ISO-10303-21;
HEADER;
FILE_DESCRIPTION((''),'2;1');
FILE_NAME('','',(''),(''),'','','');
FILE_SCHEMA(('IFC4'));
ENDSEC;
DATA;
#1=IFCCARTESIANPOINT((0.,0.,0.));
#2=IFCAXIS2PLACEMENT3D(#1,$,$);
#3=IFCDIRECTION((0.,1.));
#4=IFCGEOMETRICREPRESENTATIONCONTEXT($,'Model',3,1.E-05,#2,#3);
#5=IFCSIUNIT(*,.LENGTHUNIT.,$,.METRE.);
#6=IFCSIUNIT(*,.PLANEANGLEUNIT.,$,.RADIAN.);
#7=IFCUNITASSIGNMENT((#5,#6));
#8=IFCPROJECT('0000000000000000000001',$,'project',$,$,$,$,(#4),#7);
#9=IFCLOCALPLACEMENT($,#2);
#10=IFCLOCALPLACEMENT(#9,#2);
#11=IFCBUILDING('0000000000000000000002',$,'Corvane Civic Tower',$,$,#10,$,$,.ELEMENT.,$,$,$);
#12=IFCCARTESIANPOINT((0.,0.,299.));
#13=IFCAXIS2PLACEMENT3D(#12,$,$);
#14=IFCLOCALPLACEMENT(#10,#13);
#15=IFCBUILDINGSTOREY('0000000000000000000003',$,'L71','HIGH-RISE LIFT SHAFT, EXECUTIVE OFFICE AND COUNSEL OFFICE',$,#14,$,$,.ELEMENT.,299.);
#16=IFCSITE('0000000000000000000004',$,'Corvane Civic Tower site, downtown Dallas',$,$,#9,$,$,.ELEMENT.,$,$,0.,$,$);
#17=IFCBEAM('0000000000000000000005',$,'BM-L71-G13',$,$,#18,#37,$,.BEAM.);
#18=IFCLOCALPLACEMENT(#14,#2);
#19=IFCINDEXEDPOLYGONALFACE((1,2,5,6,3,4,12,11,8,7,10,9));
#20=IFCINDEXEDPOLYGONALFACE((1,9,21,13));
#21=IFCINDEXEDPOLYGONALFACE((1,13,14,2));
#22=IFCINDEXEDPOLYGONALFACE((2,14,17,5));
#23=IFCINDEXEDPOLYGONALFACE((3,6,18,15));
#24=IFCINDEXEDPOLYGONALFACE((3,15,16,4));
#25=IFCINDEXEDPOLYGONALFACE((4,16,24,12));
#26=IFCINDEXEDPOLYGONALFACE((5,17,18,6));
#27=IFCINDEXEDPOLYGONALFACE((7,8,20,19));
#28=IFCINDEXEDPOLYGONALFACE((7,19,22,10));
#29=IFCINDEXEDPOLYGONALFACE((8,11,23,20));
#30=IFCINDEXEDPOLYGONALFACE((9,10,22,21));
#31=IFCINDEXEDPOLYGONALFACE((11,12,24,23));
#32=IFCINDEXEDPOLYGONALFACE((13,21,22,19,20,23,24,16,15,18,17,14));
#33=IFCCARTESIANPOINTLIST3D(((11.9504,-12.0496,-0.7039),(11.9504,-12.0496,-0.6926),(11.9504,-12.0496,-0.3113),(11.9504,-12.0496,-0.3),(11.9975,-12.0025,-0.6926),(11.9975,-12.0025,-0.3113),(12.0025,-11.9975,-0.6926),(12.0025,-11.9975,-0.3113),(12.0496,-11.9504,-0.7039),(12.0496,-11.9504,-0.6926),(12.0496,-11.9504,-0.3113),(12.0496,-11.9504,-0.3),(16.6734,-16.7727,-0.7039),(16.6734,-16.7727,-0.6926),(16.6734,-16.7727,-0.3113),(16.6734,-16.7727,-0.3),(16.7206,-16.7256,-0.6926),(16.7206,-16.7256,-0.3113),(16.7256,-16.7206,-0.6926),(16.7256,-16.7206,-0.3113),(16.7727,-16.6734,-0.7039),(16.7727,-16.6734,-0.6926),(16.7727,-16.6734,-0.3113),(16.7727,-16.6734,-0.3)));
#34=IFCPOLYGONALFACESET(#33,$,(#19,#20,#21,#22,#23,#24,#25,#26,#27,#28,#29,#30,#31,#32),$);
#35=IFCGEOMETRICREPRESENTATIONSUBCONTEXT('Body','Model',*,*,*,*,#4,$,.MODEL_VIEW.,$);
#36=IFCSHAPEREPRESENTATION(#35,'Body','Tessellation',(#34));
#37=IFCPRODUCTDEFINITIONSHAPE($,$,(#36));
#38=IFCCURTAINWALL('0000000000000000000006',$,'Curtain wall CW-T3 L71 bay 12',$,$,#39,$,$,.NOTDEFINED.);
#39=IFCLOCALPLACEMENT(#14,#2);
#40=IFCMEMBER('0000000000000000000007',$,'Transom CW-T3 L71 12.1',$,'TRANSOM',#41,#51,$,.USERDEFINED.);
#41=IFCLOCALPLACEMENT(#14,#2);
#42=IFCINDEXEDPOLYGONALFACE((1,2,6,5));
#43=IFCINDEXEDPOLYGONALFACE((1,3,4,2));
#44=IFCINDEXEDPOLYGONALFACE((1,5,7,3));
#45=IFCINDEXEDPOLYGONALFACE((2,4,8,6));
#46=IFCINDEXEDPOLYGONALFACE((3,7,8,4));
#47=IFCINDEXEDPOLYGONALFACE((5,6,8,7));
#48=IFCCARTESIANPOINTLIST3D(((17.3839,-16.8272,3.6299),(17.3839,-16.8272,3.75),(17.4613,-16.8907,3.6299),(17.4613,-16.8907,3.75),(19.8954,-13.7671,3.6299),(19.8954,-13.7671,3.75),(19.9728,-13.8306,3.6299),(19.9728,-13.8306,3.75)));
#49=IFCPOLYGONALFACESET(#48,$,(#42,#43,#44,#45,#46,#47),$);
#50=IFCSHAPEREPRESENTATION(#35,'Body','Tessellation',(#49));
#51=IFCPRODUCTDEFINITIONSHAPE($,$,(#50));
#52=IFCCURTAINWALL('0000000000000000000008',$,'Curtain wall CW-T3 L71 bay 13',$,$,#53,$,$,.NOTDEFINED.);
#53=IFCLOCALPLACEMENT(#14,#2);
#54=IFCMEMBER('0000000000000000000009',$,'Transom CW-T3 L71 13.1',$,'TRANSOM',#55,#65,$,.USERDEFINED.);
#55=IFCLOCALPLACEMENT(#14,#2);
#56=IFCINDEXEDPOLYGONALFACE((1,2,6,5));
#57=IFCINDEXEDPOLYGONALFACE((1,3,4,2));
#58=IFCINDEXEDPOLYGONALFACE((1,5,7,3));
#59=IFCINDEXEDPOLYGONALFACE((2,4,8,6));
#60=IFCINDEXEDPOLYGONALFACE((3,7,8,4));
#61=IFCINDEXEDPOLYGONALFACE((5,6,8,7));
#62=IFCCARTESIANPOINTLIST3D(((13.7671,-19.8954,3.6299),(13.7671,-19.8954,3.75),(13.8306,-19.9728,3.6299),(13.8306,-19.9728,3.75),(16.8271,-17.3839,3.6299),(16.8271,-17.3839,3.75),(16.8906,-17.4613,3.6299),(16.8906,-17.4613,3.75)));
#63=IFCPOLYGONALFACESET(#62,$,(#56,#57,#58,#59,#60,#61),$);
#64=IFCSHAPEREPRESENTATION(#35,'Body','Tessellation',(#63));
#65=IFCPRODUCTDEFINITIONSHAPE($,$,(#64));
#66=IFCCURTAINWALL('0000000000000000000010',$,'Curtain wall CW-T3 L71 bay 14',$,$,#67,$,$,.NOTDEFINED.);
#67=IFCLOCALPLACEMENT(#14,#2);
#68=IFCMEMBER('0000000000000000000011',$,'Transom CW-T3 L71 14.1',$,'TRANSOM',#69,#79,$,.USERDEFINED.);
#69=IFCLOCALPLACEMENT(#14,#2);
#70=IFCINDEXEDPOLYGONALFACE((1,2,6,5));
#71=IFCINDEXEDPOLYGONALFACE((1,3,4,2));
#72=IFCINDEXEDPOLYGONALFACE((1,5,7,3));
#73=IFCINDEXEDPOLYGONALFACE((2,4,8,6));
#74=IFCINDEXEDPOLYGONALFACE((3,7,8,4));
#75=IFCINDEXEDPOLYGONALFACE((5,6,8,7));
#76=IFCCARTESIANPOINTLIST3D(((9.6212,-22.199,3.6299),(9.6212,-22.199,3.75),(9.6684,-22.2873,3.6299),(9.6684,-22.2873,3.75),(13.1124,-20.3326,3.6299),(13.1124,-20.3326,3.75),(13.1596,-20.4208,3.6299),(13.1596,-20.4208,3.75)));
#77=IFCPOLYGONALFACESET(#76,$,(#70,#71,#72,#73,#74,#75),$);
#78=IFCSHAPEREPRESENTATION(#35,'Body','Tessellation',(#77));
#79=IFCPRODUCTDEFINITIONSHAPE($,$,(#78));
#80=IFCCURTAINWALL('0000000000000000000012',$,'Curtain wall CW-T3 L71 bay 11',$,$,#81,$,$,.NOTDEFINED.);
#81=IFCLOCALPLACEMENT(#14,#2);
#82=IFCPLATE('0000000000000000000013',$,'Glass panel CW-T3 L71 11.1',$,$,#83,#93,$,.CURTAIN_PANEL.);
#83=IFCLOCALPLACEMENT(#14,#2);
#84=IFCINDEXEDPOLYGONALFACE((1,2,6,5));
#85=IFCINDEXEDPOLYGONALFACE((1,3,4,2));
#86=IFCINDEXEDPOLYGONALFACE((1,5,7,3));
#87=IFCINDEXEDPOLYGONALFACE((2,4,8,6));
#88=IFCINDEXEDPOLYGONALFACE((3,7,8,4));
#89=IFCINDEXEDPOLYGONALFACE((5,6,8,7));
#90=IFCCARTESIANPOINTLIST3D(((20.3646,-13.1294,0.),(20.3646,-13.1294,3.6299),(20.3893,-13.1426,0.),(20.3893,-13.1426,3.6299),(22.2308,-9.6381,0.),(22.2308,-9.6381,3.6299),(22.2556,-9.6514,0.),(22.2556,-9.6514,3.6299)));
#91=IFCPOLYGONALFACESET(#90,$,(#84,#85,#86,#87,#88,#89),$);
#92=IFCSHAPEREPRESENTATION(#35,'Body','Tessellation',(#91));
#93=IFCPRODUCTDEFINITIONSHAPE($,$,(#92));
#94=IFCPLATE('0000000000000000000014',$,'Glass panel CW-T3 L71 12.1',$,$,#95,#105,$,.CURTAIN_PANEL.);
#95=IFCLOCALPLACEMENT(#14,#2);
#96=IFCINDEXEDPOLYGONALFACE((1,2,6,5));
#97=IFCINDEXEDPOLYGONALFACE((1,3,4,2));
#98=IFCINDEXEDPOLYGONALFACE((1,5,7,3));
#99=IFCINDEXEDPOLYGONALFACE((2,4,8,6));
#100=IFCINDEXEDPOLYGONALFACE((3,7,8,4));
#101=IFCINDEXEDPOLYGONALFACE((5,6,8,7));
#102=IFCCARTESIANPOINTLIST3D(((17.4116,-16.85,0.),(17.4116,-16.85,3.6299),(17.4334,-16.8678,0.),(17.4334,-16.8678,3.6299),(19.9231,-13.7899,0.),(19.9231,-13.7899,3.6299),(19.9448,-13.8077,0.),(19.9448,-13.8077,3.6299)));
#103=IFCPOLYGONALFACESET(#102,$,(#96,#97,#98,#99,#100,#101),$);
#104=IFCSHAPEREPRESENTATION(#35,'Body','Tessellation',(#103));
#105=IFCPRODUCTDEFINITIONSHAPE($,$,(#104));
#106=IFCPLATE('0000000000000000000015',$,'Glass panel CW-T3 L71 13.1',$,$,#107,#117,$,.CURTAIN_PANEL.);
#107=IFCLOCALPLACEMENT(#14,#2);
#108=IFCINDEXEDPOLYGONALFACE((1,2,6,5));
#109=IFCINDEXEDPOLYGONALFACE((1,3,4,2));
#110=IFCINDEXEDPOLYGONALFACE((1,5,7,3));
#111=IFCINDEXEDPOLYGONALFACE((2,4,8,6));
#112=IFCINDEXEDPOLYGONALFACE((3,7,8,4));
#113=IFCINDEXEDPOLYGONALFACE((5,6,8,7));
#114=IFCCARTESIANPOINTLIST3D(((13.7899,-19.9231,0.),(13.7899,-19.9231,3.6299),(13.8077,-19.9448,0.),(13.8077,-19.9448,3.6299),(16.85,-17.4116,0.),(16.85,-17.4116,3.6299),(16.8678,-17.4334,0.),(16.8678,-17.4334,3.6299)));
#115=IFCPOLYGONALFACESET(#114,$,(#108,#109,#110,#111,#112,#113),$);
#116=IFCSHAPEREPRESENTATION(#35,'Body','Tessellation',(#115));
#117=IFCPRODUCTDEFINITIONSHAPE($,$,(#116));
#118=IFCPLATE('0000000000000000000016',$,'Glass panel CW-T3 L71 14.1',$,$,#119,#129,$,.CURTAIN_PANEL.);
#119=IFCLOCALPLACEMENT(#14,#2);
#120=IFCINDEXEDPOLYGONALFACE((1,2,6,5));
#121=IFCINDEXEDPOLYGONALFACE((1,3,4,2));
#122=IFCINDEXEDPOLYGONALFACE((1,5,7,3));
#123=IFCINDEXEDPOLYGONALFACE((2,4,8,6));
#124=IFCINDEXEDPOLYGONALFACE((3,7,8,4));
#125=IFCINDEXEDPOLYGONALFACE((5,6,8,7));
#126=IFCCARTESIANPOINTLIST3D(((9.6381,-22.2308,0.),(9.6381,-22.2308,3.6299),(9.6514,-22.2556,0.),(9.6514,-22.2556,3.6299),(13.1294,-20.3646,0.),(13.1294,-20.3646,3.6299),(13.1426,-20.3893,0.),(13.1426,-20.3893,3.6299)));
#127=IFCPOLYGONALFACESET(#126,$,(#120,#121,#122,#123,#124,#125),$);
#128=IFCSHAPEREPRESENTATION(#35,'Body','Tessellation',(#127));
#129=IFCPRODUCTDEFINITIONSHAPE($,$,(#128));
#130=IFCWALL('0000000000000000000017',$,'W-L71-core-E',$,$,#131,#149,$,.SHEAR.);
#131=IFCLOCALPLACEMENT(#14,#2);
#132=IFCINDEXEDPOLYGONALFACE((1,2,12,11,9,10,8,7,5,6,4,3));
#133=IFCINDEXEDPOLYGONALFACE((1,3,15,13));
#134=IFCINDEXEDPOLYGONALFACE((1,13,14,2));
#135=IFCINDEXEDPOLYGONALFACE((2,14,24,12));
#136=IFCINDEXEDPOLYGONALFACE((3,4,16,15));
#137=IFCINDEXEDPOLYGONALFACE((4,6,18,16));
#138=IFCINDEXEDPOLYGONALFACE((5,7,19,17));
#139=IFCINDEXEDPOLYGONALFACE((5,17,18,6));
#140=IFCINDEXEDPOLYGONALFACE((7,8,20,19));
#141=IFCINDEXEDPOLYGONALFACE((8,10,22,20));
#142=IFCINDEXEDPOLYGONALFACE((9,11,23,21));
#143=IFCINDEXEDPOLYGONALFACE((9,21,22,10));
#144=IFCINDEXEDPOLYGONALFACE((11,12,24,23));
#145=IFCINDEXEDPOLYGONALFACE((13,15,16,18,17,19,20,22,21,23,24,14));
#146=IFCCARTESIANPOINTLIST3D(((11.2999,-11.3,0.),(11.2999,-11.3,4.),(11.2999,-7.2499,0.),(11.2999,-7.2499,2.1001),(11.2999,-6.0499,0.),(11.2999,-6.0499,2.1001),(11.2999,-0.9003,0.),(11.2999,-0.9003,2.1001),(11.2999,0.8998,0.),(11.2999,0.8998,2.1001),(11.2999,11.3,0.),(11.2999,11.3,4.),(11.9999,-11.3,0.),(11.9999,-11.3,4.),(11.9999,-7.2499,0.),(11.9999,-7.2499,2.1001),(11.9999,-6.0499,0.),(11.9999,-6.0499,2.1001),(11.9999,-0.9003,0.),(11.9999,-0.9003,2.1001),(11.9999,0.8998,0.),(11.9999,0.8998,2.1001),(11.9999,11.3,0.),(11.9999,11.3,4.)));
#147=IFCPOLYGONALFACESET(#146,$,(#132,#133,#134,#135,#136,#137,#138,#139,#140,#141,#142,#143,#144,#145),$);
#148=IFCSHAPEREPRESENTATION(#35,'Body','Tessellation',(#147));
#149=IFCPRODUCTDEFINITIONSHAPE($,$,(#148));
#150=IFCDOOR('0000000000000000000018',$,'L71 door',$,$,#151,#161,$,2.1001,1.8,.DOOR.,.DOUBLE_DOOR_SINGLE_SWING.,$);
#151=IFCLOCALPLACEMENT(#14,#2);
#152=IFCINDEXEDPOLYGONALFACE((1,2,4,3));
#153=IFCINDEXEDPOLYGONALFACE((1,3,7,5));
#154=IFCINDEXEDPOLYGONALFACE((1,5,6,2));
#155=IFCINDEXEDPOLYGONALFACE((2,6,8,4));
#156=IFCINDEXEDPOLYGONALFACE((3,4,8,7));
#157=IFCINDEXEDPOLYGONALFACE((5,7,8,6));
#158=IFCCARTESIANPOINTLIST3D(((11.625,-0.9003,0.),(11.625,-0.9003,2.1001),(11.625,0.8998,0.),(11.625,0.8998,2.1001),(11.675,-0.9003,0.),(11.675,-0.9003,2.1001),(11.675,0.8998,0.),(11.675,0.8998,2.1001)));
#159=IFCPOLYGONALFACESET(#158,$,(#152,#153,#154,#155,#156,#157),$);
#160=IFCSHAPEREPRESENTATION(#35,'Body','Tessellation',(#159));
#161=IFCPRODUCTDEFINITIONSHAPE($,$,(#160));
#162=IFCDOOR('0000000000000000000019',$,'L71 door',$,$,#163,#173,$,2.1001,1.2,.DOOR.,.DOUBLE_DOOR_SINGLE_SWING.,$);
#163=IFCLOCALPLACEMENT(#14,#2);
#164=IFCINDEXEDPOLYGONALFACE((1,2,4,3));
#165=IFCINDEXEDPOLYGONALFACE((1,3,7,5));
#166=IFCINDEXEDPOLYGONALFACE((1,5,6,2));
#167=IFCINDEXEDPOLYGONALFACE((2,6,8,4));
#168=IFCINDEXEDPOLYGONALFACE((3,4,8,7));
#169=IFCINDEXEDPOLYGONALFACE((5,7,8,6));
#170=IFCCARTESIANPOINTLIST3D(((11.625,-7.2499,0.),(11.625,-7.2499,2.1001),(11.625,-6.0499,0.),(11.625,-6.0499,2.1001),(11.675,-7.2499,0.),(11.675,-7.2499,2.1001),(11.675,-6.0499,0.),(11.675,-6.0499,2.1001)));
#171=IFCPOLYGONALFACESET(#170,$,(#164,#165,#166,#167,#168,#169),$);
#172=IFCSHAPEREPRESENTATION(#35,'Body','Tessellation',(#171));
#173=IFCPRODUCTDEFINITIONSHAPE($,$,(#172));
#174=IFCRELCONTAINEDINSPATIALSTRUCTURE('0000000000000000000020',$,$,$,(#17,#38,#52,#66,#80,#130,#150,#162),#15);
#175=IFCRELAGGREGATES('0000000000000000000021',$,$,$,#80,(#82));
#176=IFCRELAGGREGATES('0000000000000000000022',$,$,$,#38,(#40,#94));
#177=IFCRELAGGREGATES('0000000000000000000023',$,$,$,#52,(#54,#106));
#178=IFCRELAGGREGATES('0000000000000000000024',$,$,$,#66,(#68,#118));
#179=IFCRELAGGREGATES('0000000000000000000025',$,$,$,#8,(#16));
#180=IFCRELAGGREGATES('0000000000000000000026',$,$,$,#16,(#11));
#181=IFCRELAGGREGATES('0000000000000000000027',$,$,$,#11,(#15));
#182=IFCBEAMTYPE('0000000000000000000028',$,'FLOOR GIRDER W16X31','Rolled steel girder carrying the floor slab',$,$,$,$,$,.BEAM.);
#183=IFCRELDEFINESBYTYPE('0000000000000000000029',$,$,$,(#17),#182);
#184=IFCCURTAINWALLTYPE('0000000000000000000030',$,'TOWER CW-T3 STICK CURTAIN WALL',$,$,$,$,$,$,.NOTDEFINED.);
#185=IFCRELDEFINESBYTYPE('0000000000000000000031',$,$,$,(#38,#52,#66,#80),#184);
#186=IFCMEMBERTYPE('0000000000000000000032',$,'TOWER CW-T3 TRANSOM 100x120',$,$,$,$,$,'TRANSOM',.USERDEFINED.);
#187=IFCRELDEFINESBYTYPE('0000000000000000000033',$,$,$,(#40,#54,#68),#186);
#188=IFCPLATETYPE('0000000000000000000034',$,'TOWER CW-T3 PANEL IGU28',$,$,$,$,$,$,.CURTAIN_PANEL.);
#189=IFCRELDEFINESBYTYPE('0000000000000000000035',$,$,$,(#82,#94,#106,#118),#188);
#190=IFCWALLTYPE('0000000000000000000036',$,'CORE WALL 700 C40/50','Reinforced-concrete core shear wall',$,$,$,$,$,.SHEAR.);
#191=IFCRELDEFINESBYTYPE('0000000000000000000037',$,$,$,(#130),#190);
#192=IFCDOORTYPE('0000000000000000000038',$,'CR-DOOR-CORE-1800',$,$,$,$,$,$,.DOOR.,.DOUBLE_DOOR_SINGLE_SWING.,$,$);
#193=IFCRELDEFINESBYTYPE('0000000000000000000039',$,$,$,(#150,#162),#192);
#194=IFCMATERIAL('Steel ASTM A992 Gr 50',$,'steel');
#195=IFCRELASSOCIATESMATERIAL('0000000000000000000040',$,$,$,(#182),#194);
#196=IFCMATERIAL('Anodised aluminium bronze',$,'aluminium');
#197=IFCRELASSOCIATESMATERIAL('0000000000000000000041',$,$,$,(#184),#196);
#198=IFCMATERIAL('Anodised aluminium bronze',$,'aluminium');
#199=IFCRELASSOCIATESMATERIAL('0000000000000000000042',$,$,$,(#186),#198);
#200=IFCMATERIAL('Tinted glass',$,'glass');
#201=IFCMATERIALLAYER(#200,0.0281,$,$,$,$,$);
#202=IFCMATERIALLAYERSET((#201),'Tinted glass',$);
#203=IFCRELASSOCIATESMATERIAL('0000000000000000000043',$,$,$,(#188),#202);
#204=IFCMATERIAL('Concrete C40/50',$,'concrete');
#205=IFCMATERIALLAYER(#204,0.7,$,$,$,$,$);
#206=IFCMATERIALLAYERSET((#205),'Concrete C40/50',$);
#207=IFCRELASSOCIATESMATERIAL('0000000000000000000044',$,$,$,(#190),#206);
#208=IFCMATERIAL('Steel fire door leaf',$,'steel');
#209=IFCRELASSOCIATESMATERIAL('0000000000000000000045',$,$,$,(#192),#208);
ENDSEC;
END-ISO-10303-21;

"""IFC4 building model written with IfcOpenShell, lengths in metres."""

from ifc_helpers import new_model, si_unit, direction, frame, frame_2d, origin, origin_2d, place, context, subcontext, project, spatial, rectangle, i_section, extrude, material, layer, layer_set, material_profile, profile_set, type_object, element, fill, aggregate, save


model = new_model("IFC4")

# Units and contexts
model_context = context("Model", 3, precision=1e-05, world=origin(), true_north=direction((0.0, 1.0)))
body_context = subcontext(model_context, "Body", "Model", "MODEL_VIEW")
ifc_project = project(units=[si_unit("LENGTHUNIT", "METRE"), si_unit("PLANEANGLEUNIT", "RADIAN")], contexts=[model_context])

# Site, building, storey
site_placement = place(None, origin())
site = spatial("IfcSite", under=ifc_project, at=site_placement, Name="Corvane Civic Tower site, downtown Dallas", CompositionType="ELEMENT", RefElevation=0.0)
building_placement = place(site_placement, origin())
building = spatial("IfcBuilding", under=site, at=building_placement, Name="Corvane Civic Tower", CompositionType="ELEMENT")
storey_placement = place(building_placement, frame((0.0, 0.0, 299.0)))
storey = spatial("IfcBuildingStorey", under=building, at=storey_placement, Name="L71", Description="HIGH-RISE LIFT SHAFT, EXECUTIVE OFFICE AND COUNSEL OFFICE", CompositionType="ELEMENT", Elevation=299.0)

# Beam
ifc_material_1 = material(Name="Steel ASTM A992 Gr 50", Category="steel")
ifc_material_profile_1 = material_profile(ifc_material_1, i_section(OverallWidth=0.1404, OverallDepth=0.4038, WebThickness=0.0071, FlangeThickness=0.0112, at=origin_2d()), Name="W16X31")
ifc_profile_set_1 = profile_set([ifc_material_profile_1], Name="Steel ASTM A992 Gr 50")
beam_type_1 = type_object("IfcBeamType", Name="FLOOR GIRDER W16X31", Description="Rolled steel girder carrying the floor slab", PredefinedType="BEAM", material=ifc_profile_set_1)
beam_1_placement = place(storey_placement, frame((12.0, -12.0, -0.502), z_axis=(0.707107, -0.707107, 0.0), x_axis=(0.707107, 0.707107, 0.0)))
element("IfcBeam", 1, at=beam_1_placement, inside=storey, type_object=beam_type_1, Name="BM-L71-G13", PredefinedType="BEAM", context=body_context, shape_type="SweptSolid", body=[
    extrude(i_section(OverallWidth=0.1404, OverallDepth=0.4038, WebThickness=0.0071, FlangeThickness=0.0112, at=origin_2d()), origin(), (0.0, 0.0, 1.0), 6.6794),
])

# Curtain walls, members
ifc_material_2 = material(Name="Anodised aluminium bronze", Category="aluminium")
curtain_wall_type = type_object("IfcCurtainWallType", Name="TOWER CW-T3 STICK CURTAIN WALL", PredefinedType="NOTDEFINED", material=ifc_material_2)
curtain_wall_1_placement = place(storey_placement, origin())
curtain_wall_1 = element("IfcCurtainWall", 2, at=curtain_wall_1_placement, inside=storey, type_object=curtain_wall_type, Name="Curtain wall CW-T3 L71 bay 12", PredefinedType="NOTDEFINED")
ifc_material_3 = material(Name="Anodised aluminium bronze", Category="aluminium")
ifc_material_profile_2 = material_profile(ifc_material_3, rectangle(XDim=0.1001, YDim=0.1201, at=origin_2d()), Name="TOWER CW-T3 TRANSOM 100x120")
ifc_profile_set_2 = profile_set([ifc_material_profile_2], Name="Anodised aluminium bronze")
member_type = type_object("IfcMemberType", Name="TOWER CW-T3 TRANSOM 100x120", ElementType="TRANSOM", PredefinedType="USERDEFINED", material=ifc_profile_set_2)
member_1_placement = place(storey_placement, frame((19.9341, -13.7988, 3.6899), z_axis=(-0.634416, -0.772992, 0.0), x_axis=(0.772992, -0.634416, 0.0)))
member_1 = element("IfcMember", 3, at=member_1_placement, type_object=member_type, Name="Transom CW-T3 L71 12.1", ObjectType="TRANSOM", PredefinedType="USERDEFINED", context=body_context, shape_type="SweptSolid", body=[
    extrude(rectangle(XDim=0.1001, YDim=0.1201, at=origin_2d()), origin(), (0.0, 0.0, 1.0), 3.9587),
])
curtain_wall_2_placement = place(storey_placement, origin())
curtain_wall_2 = element("IfcCurtainWall", 4, at=curtain_wall_2_placement, inside=storey, type_object=curtain_wall_type, Name="Curtain wall CW-T3 L71 bay 13", PredefinedType="NOTDEFINED")
member_2_placement = place(storey_placement, frame((16.8589, -17.4226, 3.6899), z_axis=(-0.772992, -0.634416, 0.0), x_axis=(0.634416, -0.772992, 0.0)))
member_2 = element("IfcMember", 5, at=member_2_placement, type_object=member_type, Name="Transom CW-T3 L71 13.1", ObjectType="TRANSOM", PredefinedType="USERDEFINED", context=body_context, shape_type="SweptSolid", body=[
    extrude(rectangle(XDim=0.1001, YDim=0.1201, at=origin_2d()), origin(), (0.0, 0.0, 1.0), 3.9587),
])
curtain_wall_3_placement = place(storey_placement, origin())
curtain_wall_3 = element("IfcCurtainWall", 6, at=curtain_wall_3_placement, inside=storey, type_object=curtain_wall_type, Name="Curtain wall CW-T3 L71 bay 14", PredefinedType="NOTDEFINED")
member_3_placement = place(storey_placement, frame((13.136, -20.3767, 3.6899), z_axis=(-0.881883, -0.471468, 0.0), x_axis=(0.471468, -0.881883, 0.0)))
member_3 = element("IfcMember", 7, at=member_3_placement, type_object=member_type, Name="Transom CW-T3 L71 14.1", ObjectType="TRANSOM", PredefinedType="USERDEFINED", context=body_context, shape_type="SweptSolid", body=[
    extrude(rectangle(XDim=0.1001, YDim=0.1201, at=origin_2d()), origin(), (0.0, 0.0, 1.0), 3.9587),
])

# Curtain wall, plate
curtain_wall_4_placement = place(storey_placement, origin())
curtain_wall_4 = element("IfcCurtainWall", 8, at=curtain_wall_4_placement, inside=storey, type_object=curtain_wall_type, Name="Curtain wall CW-T3 L71 bay 11", PredefinedType="NOTDEFINED")
ifc_material_4 = material(Name="Tinted glass", Category="glass")
ifc_layer_1 = layer(ifc_material_4, 0.0281)
ifc_layer_set_1 = layer_set([ifc_layer_1], Name="Tinted glass")
plate_type = type_object("IfcPlateType", Name="TOWER CW-T3 PANEL IGU28", PredefinedType="CURTAIN_PANEL", material=ifc_layer_set_1)
plate_1_placement = place(storey_placement, frame((21.3101, -11.3904, 0.0), z_axis=(0.0, 0.0, 1.0), x_axis=(-0.471421, -0.881908, 0.0)))
plate_1 = element("IfcPlate", 9, at=plate_1_placement, type_object=plate_type, Name="Glass panel CW-T3 L71 11.1", PredefinedType="CURTAIN_PANEL", context=body_context, shape_type="SweptSolid", body=[
    extrude(rectangle(XDim=3.9587, YDim=0.0281, at=origin_2d()), origin(), (0.0, 0.0, 1.0), 3.6299),
])
aggregate(curtain_wall_4, [plate_1])

# Plates
plate_2_placement = place(storey_placement, frame((18.6782, -15.3289, 0.0), z_axis=(0.0, 0.0, 1.0), x_axis=(-0.634405, -0.773001, 0.0)))
plate_2 = element("IfcPlate", 10, at=plate_2_placement, type_object=plate_type, Name="Glass panel CW-T3 L71 12.1", PredefinedType="CURTAIN_PANEL", context=body_context, shape_type="SweptSolid", body=[
    extrude(rectangle(XDim=3.9587, YDim=0.0281, at=origin_2d()), origin(), (0.0, 0.0, 1.0), 3.6299),
])
aggregate(curtain_wall_1, [member_1, plate_2])
plate_3_placement = place(storey_placement, frame((15.3289, -18.6782, 0.0), z_axis=(0.0, 0.0, 1.0), x_axis=(-0.773001, -0.634405, 0.0)))
plate_3 = element("IfcPlate", 11, at=plate_3_placement, type_object=plate_type, Name="Glass panel CW-T3 L71 13.1", PredefinedType="CURTAIN_PANEL", context=body_context, shape_type="SweptSolid", body=[
    extrude(rectangle(XDim=3.9587, YDim=0.0281, at=origin_2d()), origin(), (0.0, 0.0, 1.0), 3.6299),
])
aggregate(curtain_wall_2, [member_2, plate_3])
plate_4_placement = place(storey_placement, frame((11.3904, -21.3101, 0.0), z_axis=(0.0, 0.0, 1.0), x_axis=(-0.881908, -0.471421, 0.0)))
plate_4 = element("IfcPlate", 12, at=plate_4_placement, type_object=plate_type, Name="Glass panel CW-T3 L71 14.1", PredefinedType="CURTAIN_PANEL", context=body_context, shape_type="SweptSolid", body=[
    extrude(rectangle(XDim=3.9587, YDim=0.0281, at=origin_2d()), origin(), (0.0, 0.0, 1.0), 3.6299),
])
aggregate(curtain_wall_3, [member_3, plate_4])

# Wall, openings, doors
ifc_material_5 = material(Name="Concrete C40/50", Category="concrete")
ifc_layer_2 = layer(ifc_material_5, 0.7)
ifc_layer_set_2 = layer_set([ifc_layer_2], Name="Concrete C40/50")
wall_type_1 = type_object("IfcWallType", Name="CORE WALL 700 C40/50", Description="Reinforced-concrete core shear wall", PredefinedType="SHEAR", material=ifc_layer_set_2)
wall_1_placement = place(storey_placement, frame((11.6499, -11.3, 0.0), z_axis=(0.0, 0.0, 1.0), x_axis=(0.0, 1.0, 0.0)))
wall_1 = element("IfcWall", 13, at=wall_1_placement, inside=storey, type_object=wall_type_1, Name="W-L71-core-E", PredefinedType="SHEAR", context=body_context, shape_type="SweptSolid", body=[
    extrude(rectangle(XDim=22.6001, YDim=0.7, at=frame_2d((11.3, 0.0))), origin(), (0.0, 0.0, 1.0), 4.0),
])
opening_1_placement = place(wall_1_placement, frame((10.3999, 0.0, 0.0)))
opening_1 = element("IfcOpeningElement", 14, at=opening_1_placement, cuts=wall_1, PredefinedType="OPENING", context=body_context, shape_type="SweptSolid", body=[
    extrude(rectangle(XDim=1.8, YDim=2.1001, at=frame_2d((0.8999, 1.05))), frame((0.0, 0.3599, 0.0), z_axis=(0.0, -1.0, 0.0), x_axis=(1.0, 0.0, 0.0)), (0.0, 0.0, 1.0), 0.72),
])
opening_2_placement = place(wall_1_placement, frame((4.05, 0.0, 0.0)))
opening_2 = element("IfcOpeningElement", 15, at=opening_2_placement, cuts=wall_1, PredefinedType="OPENING", context=body_context, shape_type="SweptSolid", body=[
    extrude(rectangle(XDim=1.2, YDim=2.1001, at=frame_2d((0.6001, 1.05))), frame((0.0, 0.3599, 0.0), z_axis=(0.0, -1.0, 0.0), x_axis=(1.0, 0.0, 0.0)), (0.0, 0.0, 1.0), 0.72),
])
ifc_material_6 = material(Name="Steel fire door leaf", Category="steel")
door_type_1 = type_object("IfcDoorType", Name="CR-DOOR-CORE-1800", OperationType="DOUBLE_DOOR_SINGLE_SWING", PredefinedType="DOOR", material=ifc_material_6)
door_1_placement = place(opening_1_placement, origin())
door_1 = element("IfcDoor", 16, at=door_1_placement, inside=storey, type_object=door_type_1, Name="L71 door", OperationType="DOUBLE_DOOR_SINGLE_SWING", OverallHeight=2.1001, OverallWidth=1.8, PredefinedType="DOOR", context=body_context, shape_type="SweptSolid", body=[
    extrude(rectangle(XDim=1.8, YDim=2.1001, at=frame_2d((0.8999, 1.05))), frame((0.0, 0.0249, 0.0), z_axis=(0.0, -1.0, 0.0), x_axis=(1.0, 0.0, 0.0)), (0.0, 0.0, 1.0), 0.05),
])
fill(opening_1, door_1)
door_2_placement = place(opening_2_placement, origin())
door_2 = element("IfcDoor", 17, at=door_2_placement, inside=storey, type_object=door_type_1, Name="L71 door", OperationType="DOUBLE_DOOR_SINGLE_SWING", OverallHeight=2.1001, OverallWidth=1.2, PredefinedType="DOOR", context=body_context, shape_type="SweptSolid", body=[
    extrude(rectangle(XDim=1.2, YDim=2.1001, at=frame_2d((0.6001, 1.05))), frame((0.0, 0.0249, 0.0), z_axis=(0.0, -1.0, 0.0), x_axis=(1.0, 0.0, 0.0)), (0.0, 0.0, 1.0), 0.05),
])
fill(opening_2, door_2)

save(model, "model.ifc")
